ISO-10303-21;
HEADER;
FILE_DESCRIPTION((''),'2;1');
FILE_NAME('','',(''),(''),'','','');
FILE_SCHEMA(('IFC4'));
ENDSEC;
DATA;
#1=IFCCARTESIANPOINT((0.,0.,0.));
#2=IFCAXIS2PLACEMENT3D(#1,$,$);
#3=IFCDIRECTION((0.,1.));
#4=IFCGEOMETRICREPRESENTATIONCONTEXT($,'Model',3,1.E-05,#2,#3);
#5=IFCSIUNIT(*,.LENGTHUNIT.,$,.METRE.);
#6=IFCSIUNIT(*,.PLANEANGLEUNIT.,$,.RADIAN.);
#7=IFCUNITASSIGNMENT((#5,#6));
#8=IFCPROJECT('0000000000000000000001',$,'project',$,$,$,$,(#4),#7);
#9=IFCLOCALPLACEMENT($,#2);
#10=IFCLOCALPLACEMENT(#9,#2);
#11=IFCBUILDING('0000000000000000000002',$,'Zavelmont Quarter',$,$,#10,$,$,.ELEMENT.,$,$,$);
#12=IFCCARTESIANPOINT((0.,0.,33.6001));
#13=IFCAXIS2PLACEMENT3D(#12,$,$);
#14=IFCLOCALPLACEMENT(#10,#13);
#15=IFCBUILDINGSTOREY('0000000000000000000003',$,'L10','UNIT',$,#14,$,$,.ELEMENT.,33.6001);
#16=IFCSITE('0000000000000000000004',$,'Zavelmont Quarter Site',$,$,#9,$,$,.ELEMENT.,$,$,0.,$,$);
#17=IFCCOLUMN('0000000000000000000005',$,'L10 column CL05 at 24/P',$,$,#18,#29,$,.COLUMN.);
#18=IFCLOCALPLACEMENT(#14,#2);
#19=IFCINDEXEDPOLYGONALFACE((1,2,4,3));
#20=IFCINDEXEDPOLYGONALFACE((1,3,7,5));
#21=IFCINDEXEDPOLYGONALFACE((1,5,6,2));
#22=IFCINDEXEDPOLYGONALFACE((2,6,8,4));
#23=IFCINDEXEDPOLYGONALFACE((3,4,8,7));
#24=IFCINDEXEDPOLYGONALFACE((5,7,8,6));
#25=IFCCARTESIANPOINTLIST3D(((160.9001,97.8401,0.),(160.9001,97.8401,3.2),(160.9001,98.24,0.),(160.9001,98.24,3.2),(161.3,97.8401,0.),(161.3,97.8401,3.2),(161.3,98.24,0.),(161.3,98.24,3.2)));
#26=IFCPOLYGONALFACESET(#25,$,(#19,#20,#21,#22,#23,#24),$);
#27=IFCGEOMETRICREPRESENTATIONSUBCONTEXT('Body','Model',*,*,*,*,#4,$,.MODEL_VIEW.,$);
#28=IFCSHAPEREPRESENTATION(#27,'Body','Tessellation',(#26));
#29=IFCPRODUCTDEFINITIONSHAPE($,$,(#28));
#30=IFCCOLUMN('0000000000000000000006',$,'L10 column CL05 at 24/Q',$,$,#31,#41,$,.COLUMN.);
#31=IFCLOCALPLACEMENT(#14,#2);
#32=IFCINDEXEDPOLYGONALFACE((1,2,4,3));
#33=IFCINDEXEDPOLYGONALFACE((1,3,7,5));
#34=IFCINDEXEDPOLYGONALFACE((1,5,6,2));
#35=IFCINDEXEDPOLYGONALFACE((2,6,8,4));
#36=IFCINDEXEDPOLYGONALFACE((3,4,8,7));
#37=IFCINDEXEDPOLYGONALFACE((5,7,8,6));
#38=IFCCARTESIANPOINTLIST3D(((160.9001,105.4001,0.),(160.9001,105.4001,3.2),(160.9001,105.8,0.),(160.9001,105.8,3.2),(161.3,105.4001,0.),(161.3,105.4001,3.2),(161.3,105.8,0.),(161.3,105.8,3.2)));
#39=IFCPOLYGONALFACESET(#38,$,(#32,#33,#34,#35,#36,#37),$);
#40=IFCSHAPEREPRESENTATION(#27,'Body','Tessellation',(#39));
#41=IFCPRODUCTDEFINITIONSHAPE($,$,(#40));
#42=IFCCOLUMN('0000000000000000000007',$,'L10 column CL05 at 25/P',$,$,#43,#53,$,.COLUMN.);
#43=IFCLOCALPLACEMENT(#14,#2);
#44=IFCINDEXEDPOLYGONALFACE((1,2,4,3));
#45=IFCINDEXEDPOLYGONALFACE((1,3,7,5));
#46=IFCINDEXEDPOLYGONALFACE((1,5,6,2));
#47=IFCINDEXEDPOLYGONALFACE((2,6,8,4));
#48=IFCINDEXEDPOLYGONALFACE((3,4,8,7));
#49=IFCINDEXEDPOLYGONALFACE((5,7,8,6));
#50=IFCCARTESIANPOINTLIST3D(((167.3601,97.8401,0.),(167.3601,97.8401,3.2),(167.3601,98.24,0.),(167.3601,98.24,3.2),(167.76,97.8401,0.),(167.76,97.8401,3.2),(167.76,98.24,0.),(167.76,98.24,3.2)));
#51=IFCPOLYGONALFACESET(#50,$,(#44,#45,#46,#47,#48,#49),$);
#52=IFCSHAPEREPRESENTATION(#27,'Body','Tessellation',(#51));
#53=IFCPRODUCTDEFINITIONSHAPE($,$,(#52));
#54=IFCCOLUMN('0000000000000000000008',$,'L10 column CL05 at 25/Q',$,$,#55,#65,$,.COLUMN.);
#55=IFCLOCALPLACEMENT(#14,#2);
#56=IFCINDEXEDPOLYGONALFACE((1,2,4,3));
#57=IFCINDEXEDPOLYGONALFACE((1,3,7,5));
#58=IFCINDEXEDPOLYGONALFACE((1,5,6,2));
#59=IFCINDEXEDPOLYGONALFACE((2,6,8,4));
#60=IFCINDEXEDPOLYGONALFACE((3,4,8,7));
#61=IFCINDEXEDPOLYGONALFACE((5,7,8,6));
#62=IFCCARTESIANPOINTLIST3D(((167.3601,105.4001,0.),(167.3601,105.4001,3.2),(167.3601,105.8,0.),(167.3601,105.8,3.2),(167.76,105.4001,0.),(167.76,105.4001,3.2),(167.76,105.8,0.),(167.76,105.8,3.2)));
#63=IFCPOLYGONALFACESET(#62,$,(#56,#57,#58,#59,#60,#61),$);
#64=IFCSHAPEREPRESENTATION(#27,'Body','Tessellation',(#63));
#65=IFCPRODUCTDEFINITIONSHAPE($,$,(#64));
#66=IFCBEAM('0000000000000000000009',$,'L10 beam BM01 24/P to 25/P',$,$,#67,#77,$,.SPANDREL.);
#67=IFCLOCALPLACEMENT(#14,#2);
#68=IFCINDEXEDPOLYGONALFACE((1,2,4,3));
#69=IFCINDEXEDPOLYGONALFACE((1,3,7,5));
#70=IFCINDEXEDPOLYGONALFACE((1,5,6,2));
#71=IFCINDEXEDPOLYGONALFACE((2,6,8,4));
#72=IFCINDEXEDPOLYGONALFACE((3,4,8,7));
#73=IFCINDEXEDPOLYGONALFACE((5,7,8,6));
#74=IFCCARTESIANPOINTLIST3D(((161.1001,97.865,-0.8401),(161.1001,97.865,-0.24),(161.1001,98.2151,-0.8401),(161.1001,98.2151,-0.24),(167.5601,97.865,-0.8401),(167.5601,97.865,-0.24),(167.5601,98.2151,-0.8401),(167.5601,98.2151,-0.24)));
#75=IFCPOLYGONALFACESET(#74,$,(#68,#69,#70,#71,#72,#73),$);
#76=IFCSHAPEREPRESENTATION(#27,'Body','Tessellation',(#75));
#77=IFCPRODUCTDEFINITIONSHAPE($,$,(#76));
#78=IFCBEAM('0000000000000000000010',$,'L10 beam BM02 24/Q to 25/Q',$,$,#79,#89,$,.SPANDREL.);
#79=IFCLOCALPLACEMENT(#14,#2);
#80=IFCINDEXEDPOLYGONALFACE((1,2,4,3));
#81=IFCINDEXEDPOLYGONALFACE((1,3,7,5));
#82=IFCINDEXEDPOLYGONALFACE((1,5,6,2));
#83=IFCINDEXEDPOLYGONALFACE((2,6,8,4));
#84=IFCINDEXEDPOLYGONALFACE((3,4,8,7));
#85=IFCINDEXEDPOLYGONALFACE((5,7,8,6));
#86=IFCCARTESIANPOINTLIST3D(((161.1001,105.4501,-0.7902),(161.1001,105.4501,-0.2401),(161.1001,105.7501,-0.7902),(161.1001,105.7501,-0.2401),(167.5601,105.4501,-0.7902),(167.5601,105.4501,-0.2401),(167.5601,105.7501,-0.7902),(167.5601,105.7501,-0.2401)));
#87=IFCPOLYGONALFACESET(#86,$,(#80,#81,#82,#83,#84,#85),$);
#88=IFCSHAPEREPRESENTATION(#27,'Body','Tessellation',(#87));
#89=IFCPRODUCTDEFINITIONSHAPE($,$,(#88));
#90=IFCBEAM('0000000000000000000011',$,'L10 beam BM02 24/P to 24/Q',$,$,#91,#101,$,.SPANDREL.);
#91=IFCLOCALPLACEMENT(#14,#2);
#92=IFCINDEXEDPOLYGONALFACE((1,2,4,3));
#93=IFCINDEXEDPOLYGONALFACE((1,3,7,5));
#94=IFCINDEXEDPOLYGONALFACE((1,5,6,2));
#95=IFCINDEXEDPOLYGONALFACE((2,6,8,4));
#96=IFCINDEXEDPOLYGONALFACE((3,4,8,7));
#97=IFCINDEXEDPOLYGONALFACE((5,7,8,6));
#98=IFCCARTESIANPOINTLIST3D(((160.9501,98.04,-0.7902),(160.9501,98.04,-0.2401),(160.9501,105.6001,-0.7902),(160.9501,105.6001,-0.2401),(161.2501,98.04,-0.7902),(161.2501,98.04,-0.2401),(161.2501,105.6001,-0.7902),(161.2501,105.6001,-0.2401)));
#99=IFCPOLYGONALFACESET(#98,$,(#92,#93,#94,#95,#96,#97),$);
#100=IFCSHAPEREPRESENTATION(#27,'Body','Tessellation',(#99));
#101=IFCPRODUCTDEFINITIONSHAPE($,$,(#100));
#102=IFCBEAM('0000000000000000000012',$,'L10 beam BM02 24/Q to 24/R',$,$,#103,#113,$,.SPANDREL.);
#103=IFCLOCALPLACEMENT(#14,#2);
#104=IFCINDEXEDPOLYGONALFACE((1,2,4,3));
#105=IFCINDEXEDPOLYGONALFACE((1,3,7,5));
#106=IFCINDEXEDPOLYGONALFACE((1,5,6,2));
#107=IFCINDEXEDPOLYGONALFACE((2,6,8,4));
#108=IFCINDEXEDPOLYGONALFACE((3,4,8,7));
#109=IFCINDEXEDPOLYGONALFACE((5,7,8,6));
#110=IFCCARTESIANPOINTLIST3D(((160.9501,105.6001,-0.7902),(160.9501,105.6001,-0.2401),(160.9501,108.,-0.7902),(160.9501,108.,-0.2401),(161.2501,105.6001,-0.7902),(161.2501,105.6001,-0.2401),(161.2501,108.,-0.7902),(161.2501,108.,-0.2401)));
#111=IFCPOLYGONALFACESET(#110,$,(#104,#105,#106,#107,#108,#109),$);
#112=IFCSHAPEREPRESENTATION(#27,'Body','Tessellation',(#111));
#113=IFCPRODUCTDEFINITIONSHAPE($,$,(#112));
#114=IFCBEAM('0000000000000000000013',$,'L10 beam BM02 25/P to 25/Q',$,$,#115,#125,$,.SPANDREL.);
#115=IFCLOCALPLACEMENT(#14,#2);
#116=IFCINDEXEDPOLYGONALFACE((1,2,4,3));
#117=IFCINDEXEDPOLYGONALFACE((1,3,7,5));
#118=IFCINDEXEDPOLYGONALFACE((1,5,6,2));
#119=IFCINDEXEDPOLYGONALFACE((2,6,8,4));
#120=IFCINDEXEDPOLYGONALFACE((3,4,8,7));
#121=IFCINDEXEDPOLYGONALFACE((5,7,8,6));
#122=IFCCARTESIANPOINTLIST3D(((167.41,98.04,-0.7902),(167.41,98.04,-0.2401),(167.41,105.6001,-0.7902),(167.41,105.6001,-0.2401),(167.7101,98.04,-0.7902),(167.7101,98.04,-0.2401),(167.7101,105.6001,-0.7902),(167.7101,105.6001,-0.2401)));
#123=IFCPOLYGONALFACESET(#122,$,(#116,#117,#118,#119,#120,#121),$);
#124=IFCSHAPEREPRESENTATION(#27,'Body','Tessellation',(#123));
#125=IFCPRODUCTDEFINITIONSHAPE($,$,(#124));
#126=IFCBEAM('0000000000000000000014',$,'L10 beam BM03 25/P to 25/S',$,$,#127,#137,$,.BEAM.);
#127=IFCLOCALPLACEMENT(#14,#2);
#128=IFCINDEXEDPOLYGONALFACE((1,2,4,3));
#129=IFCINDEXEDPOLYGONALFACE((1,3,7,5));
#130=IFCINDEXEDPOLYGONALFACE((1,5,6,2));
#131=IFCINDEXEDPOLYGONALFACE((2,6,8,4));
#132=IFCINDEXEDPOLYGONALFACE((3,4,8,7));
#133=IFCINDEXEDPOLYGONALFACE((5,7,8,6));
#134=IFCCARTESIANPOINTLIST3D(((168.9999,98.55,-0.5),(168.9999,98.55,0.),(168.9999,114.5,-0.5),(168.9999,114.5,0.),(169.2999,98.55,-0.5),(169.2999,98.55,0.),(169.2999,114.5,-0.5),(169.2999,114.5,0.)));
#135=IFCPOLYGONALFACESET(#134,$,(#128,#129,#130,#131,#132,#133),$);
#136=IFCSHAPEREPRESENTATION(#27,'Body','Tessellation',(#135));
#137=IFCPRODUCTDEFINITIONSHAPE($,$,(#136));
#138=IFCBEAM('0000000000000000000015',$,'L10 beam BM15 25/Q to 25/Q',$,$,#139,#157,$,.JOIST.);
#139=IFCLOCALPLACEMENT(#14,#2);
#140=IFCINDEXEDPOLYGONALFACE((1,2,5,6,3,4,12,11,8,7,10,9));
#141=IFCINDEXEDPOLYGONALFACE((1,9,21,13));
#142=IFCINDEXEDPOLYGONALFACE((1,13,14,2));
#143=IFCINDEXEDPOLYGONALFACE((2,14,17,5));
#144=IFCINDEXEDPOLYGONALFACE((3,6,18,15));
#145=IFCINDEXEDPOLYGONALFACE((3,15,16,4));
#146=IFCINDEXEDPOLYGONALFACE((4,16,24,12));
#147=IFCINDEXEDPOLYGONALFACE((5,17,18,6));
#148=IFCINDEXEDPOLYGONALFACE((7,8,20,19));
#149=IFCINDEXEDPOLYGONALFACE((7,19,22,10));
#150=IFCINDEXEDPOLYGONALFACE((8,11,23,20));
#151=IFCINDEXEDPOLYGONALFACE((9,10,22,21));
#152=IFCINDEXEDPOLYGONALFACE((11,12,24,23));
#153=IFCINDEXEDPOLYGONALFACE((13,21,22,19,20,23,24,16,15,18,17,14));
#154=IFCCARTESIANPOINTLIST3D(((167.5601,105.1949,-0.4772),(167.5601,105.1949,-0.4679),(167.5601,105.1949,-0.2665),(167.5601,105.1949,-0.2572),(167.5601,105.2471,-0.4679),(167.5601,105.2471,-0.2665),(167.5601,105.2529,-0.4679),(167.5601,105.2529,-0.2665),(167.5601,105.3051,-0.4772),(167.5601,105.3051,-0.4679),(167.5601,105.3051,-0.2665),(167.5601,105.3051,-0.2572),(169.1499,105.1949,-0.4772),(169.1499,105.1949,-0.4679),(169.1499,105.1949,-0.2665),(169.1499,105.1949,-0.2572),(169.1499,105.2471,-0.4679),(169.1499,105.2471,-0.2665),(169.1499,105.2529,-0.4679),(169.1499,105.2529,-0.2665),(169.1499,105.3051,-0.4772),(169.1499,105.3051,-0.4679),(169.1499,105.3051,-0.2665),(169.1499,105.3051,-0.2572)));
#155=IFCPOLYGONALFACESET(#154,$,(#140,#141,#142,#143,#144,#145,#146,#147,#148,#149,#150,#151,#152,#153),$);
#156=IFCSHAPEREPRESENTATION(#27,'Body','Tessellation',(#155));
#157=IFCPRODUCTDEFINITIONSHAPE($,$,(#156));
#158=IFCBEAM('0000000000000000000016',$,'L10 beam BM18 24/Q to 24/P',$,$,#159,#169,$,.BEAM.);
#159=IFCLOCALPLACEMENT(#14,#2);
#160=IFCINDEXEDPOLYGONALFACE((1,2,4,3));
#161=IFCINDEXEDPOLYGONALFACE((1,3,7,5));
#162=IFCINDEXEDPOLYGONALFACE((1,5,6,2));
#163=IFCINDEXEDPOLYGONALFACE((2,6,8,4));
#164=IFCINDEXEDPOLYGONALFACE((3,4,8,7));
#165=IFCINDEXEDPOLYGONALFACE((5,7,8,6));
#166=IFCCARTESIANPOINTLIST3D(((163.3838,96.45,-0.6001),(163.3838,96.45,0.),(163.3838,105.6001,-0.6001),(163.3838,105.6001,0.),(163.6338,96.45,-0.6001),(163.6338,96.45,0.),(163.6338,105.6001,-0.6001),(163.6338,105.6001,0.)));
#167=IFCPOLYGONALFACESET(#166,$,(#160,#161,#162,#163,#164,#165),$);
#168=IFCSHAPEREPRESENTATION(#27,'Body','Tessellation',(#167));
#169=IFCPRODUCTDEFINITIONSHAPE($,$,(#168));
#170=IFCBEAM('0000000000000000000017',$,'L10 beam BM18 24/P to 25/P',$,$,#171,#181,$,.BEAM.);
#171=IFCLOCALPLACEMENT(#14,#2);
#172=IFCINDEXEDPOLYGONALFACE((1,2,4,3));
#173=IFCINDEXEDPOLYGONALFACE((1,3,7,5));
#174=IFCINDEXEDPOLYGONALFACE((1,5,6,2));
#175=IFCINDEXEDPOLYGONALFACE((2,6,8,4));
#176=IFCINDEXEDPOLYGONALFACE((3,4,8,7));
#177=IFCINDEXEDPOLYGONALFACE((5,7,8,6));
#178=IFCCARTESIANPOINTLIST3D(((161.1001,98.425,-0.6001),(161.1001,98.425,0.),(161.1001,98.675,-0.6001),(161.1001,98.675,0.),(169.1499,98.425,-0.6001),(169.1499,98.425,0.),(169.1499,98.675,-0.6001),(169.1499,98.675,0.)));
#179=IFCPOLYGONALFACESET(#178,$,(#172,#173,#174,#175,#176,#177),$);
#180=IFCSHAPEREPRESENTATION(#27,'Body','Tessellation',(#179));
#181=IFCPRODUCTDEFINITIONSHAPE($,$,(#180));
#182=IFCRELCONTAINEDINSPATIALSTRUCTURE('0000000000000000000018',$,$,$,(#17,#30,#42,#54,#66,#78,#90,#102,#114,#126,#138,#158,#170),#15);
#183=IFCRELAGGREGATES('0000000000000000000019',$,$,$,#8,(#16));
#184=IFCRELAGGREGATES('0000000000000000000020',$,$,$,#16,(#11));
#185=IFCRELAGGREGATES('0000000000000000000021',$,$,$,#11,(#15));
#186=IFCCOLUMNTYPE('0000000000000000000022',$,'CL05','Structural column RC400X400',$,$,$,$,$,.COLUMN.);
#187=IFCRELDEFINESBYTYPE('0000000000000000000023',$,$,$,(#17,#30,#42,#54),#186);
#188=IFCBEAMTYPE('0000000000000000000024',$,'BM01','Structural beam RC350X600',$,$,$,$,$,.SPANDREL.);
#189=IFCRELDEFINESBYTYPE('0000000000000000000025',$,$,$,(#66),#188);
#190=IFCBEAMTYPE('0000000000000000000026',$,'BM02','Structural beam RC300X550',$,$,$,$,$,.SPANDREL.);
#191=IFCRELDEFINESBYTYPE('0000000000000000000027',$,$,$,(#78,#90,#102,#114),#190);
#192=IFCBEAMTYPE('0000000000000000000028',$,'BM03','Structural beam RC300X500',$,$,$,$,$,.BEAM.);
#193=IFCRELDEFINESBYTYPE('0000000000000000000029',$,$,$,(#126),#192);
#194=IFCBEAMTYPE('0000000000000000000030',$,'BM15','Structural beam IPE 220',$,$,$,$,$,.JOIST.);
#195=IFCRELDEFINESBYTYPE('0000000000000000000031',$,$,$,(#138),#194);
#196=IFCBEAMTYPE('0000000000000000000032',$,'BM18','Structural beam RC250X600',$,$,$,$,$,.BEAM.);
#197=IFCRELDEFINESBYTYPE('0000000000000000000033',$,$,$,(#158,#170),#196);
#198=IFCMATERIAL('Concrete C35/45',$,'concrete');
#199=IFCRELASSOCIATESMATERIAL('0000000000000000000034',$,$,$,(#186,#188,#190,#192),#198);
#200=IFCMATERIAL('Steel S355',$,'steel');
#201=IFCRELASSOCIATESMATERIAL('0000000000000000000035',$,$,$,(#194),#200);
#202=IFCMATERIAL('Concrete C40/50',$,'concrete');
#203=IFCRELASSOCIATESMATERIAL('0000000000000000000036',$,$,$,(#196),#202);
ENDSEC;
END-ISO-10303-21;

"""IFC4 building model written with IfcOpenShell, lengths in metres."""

from ifc_helpers import new_model, si_unit, direction, frame, origin, origin_2d, place, context, subcontext, project, spatial, rectangle, i_section, extrude, material, material_profile, profile_set, type_object, element, save


model = new_model("IFC4")

# Units and contexts
model_context = context("Model", 3, precision=1e-05, world=origin(), true_north=direction((0.0, 1.0)))
body_context = subcontext(model_context, "Body", "Model", "MODEL_VIEW")
ifc_project = project(units=[si_unit("LENGTHUNIT", "METRE"), si_unit("PLANEANGLEUNIT", "RADIAN")], contexts=[model_context])

# Site, building, storey
site_placement = place(None, origin())
site = spatial("IfcSite", under=ifc_project, at=site_placement, Name="Zavelmont Quarter Site", CompositionType="ELEMENT", RefElevation=0.0)
building_placement = place(site_placement, origin())
building = spatial("IfcBuilding", under=site, at=building_placement, Name="Zavelmont Quarter", CompositionType="ELEMENT")
storey_placement = place(building_placement, frame((0.0, 0.0, 33.6001)))
storey = spatial("IfcBuildingStorey", under=building, at=storey_placement, Name="L10", Description="UNIT", CompositionType="ELEMENT", Elevation=33.6001)

# Columns
ifc_material_1 = material(Name="Concrete C35/45", Category="concrete")
ifc_material_profile_1 = material_profile(ifc_material_1, rectangle(XDim=0.3999, YDim=0.3999, at=origin_2d()), Name="RC400X400")
ifc_profile_set_1 = profile_set([ifc_material_profile_1], Name="Concrete C35/45")
column_type = type_object("IfcColumnType", Name="CL05", Description="Structural column RC400X400", PredefinedType="COLUMN", material=ifc_profile_set_1)
for number, where, z_axis, x_axis, name in (
    (1, (161.1001, 98.04, 0.0), (0.0, 0.0, 1.0), (1.0, 0.0, 0.0), "L10 column CL05 at 24/P"),
    (2, (161.1001, 105.6001, 0.0), (0.0, 0.0, 1.0), (1.0, 0.0, 0.0), "L10 column CL05 at 24/Q"),
    (3, (167.5601, 98.04, 0.0), (0.0, 0.0, 1.0), (1.0, 0.0, 0.0), "L10 column CL05 at 25/P"),
    (4, (167.5601, 105.6001, 0.0), (0.0, 0.0, 1.0), (1.0, 0.0, 0.0), "L10 column CL05 at 25/Q"),
):
    element("IfcColumn", number, at=place(storey_placement, frame(where, z_axis=z_axis, x_axis=x_axis)), inside=storey, type_object=column_type, Name=name, PredefinedType="COLUMN", context=body_context, shape_type="SweptSolid", body=[
        extrude(rectangle(XDim=0.3999, YDim=0.3999, at=origin_2d()), origin(), (0.0, 0.0, 1.0), 3.2),
    ])

# Beams
ifc_material_profile_2 = material_profile(ifc_material_1, rectangle(XDim=0.3501, YDim=0.6001, at=origin_2d()), Name="RC350X600")
ifc_profile_set_2 = profile_set([ifc_material_profile_2], Name="Concrete C35/45")
beam_type_1 = type_object("IfcBeamType", Name="BM01", Description="Structural beam RC350X600", PredefinedType="SPANDREL", material=ifc_profile_set_2)
beam_1_placement = place(storey_placement, frame((161.1001, 98.04, -0.54), z_axis=(1.0, 0.0, 0.0), x_axis=(0.0, 1.0, 0.0)))
element("IfcBeam", 5, at=beam_1_placement, inside=storey, type_object=beam_type_1, Name="L10 beam BM01 24/P to 25/P", PredefinedType="SPANDREL", context=body_context, shape_type="SweptSolid", body=[
    extrude(rectangle(XDim=0.3501, YDim=0.6001, at=origin_2d()), origin(), (0.0, 0.0, 1.0), 6.46),
])
ifc_material_profile_3 = material_profile(ifc_material_1, rectangle(XDim=0.3, YDim=0.55, at=origin_2d()), Name="RC300X550")
ifc_profile_set_3 = profile_set([ifc_material_profile_3], Name="Concrete C35/45")
beam_type_2 = type_object("IfcBeamType", Name="BM02", Description="Structural beam RC300X550", PredefinedType="SPANDREL", material=ifc_profile_set_3)
beam_2_placement = place(storey_placement, frame((161.1001, 105.6001, -0.5151), z_axis=(1.0, 0.0, 0.0), x_axis=(0.0, 1.0, 0.0)))
element("IfcBeam", 6, at=beam_2_placement, inside=storey, type_object=beam_type_2, Name="L10 beam BM02 24/Q to 25/Q", PredefinedType="SPANDREL", context=body_context, shape_type="SweptSolid", body=[
    extrude(rectangle(XDim=0.3, YDim=0.55, at=origin_2d()), origin(), (0.0, 0.0, 1.0), 6.46),
])
beam_3_placement = place(storey_placement, frame((161.1001, 98.04, -0.5151), z_axis=(0.0, 1.0, 0.0), x_axis=(-1.0, 0.0, 0.0)))
element("IfcBeam", 7, at=beam_3_placement, inside=storey, type_object=beam_type_2, Name="L10 beam BM02 24/P to 24/Q", PredefinedType="SPANDREL", context=body_context, shape_type="SweptSolid", body=[
    extrude(rectangle(XDim=0.3, YDim=0.55, at=origin_2d()), origin(), (0.0, 0.0, 1.0), 7.5601),
])
beam_4_placement = place(storey_placement, frame((161.1001, 105.6001, -0.5151), z_axis=(0.0, 1.0, 0.0), x_axis=(-1.0, 0.0, 0.0)))
element("IfcBeam", 8, at=beam_4_placement, inside=storey, type_object=beam_type_2, Name="L10 beam BM02 24/Q to 24/R", PredefinedType="SPANDREL", context=body_context, shape_type="SweptSolid", body=[
    extrude(rectangle(XDim=0.3, YDim=0.55, at=origin_2d()), origin(), (0.0, 0.0, 1.0), 2.3999),
])
beam_5_placement = place(storey_placement, frame((167.5601, 98.04, -0.5151), z_axis=(0.0, 1.0, 0.0), x_axis=(-1.0, 0.0, 0.0)))
element("IfcBeam", 9, at=beam_5_placement, inside=storey, type_object=beam_type_2, Name="L10 beam BM02 25/P to 25/Q", PredefinedType="SPANDREL", context=body_context, shape_type="SweptSolid", body=[
    extrude(rectangle(XDim=0.3, YDim=0.55, at=origin_2d()), origin(), (0.0, 0.0, 1.0), 7.5601),
])
ifc_material_profile_4 = material_profile(ifc_material_1, rectangle(XDim=0.3, YDim=0.5, at=origin_2d()), Name="RC300X500")
ifc_profile_set_4 = profile_set([ifc_material_profile_4], Name="Concrete C35/45")
beam_type_3 = type_object("IfcBeamType", Name="BM03", Description="Structural beam RC300X500", PredefinedType="BEAM", material=ifc_profile_set_4)
beam_6_placement = place(storey_placement, frame((169.1499, 98.55, -0.25), z_axis=(0.0, 1.0, 0.0), x_axis=(-1.0, 0.0, 0.0)))
element("IfcBeam", 10, at=beam_6_placement, inside=storey, type_object=beam_type_3, Name="L10 beam BM03 25/P to 25/S", PredefinedType="BEAM", context=body_context, shape_type="SweptSolid", body=[
    extrude(rectangle(XDim=0.3, YDim=0.5, at=origin_2d()), origin(), (0.0, 0.0, 1.0), 15.95),
])
ifc_material_2 = material(Name="Steel S355", Category="steel")
ifc_material_profile_5 = material_profile(ifc_material_2, i_section(OverallWidth=0.1101, OverallDepth=0.22, WebThickness=0.0059, FlangeThickness=0.0093, at=origin_2d()), Name="IPE 220")
ifc_profile_set_5 = profile_set([ifc_material_profile_5], Name="Steel S355")
beam_type_4 = type_object("IfcBeamType", Name="BM15", Description="Structural beam IPE 220", PredefinedType="JOIST", material=ifc_profile_set_5)
beam_7_placement = place(storey_placement, frame((167.5601, 105.25, -0.3672), z_axis=(1.0, 0.0, 0.0), x_axis=(0.0, 1.0, 0.0)))
element("IfcBeam", 11, at=beam_7_placement, inside=storey, type_object=beam_type_4, Name="L10 beam BM15 25/Q to 25/Q", PredefinedType="JOIST", context=body_context, shape_type="SweptSolid", body=[
    extrude(i_section(OverallWidth=0.1101, OverallDepth=0.22, WebThickness=0.0059, FlangeThickness=0.0093, at=origin_2d()), origin(), (0.0, 0.0, 1.0), 1.5898),
])
ifc_material_3 = material(Name="Concrete C40/50", Category="concrete")
ifc_material_profile_6 = material_profile(ifc_material_3, rectangle(XDim=0.25, YDim=0.6001, at=origin_2d()), Name="RC250X600")
ifc_profile_set_6 = profile_set([ifc_material_profile_6], Name="Concrete C40/50")
beam_type_5 = type_object("IfcBeamType", Name="BM18", Description="Structural beam RC250X600", PredefinedType="BEAM", material=ifc_profile_set_6)
beam_8_placement = place(storey_placement, frame((163.5088, 105.6001, -0.3), z_axis=(0.0, -1.0, 0.0), x_axis=(1.0, 0.0, 0.0)))
element("IfcBeam", 12, at=beam_8_placement, inside=storey, type_object=beam_type_5, Name="L10 beam BM18 24/Q to 24/P", PredefinedType="BEAM", context=body_context, shape_type="SweptSolid", body=[
    extrude(rectangle(XDim=0.25, YDim=0.6001, at=origin_2d()), origin(), (0.0, 0.0, 1.0), 9.1501),
])
beam_9_placement = place(storey_placement, frame((161.1001, 98.55, -0.3), z_axis=(1.0, 0.0, 0.0), x_axis=(0.0, 1.0, 0.0)))
element("IfcBeam", 13, at=beam_9_placement, inside=storey, type_object=beam_type_5, Name="L10 beam BM18 24/P to 25/P", PredefinedType="BEAM", context=body_context, shape_type="SweptSolid", body=[
    extrude(rectangle(XDim=0.25, YDim=0.6001, at=origin_2d()), origin(), (0.0, 0.0, 1.0), 8.0498),
])

save(model, "model.ifc")
